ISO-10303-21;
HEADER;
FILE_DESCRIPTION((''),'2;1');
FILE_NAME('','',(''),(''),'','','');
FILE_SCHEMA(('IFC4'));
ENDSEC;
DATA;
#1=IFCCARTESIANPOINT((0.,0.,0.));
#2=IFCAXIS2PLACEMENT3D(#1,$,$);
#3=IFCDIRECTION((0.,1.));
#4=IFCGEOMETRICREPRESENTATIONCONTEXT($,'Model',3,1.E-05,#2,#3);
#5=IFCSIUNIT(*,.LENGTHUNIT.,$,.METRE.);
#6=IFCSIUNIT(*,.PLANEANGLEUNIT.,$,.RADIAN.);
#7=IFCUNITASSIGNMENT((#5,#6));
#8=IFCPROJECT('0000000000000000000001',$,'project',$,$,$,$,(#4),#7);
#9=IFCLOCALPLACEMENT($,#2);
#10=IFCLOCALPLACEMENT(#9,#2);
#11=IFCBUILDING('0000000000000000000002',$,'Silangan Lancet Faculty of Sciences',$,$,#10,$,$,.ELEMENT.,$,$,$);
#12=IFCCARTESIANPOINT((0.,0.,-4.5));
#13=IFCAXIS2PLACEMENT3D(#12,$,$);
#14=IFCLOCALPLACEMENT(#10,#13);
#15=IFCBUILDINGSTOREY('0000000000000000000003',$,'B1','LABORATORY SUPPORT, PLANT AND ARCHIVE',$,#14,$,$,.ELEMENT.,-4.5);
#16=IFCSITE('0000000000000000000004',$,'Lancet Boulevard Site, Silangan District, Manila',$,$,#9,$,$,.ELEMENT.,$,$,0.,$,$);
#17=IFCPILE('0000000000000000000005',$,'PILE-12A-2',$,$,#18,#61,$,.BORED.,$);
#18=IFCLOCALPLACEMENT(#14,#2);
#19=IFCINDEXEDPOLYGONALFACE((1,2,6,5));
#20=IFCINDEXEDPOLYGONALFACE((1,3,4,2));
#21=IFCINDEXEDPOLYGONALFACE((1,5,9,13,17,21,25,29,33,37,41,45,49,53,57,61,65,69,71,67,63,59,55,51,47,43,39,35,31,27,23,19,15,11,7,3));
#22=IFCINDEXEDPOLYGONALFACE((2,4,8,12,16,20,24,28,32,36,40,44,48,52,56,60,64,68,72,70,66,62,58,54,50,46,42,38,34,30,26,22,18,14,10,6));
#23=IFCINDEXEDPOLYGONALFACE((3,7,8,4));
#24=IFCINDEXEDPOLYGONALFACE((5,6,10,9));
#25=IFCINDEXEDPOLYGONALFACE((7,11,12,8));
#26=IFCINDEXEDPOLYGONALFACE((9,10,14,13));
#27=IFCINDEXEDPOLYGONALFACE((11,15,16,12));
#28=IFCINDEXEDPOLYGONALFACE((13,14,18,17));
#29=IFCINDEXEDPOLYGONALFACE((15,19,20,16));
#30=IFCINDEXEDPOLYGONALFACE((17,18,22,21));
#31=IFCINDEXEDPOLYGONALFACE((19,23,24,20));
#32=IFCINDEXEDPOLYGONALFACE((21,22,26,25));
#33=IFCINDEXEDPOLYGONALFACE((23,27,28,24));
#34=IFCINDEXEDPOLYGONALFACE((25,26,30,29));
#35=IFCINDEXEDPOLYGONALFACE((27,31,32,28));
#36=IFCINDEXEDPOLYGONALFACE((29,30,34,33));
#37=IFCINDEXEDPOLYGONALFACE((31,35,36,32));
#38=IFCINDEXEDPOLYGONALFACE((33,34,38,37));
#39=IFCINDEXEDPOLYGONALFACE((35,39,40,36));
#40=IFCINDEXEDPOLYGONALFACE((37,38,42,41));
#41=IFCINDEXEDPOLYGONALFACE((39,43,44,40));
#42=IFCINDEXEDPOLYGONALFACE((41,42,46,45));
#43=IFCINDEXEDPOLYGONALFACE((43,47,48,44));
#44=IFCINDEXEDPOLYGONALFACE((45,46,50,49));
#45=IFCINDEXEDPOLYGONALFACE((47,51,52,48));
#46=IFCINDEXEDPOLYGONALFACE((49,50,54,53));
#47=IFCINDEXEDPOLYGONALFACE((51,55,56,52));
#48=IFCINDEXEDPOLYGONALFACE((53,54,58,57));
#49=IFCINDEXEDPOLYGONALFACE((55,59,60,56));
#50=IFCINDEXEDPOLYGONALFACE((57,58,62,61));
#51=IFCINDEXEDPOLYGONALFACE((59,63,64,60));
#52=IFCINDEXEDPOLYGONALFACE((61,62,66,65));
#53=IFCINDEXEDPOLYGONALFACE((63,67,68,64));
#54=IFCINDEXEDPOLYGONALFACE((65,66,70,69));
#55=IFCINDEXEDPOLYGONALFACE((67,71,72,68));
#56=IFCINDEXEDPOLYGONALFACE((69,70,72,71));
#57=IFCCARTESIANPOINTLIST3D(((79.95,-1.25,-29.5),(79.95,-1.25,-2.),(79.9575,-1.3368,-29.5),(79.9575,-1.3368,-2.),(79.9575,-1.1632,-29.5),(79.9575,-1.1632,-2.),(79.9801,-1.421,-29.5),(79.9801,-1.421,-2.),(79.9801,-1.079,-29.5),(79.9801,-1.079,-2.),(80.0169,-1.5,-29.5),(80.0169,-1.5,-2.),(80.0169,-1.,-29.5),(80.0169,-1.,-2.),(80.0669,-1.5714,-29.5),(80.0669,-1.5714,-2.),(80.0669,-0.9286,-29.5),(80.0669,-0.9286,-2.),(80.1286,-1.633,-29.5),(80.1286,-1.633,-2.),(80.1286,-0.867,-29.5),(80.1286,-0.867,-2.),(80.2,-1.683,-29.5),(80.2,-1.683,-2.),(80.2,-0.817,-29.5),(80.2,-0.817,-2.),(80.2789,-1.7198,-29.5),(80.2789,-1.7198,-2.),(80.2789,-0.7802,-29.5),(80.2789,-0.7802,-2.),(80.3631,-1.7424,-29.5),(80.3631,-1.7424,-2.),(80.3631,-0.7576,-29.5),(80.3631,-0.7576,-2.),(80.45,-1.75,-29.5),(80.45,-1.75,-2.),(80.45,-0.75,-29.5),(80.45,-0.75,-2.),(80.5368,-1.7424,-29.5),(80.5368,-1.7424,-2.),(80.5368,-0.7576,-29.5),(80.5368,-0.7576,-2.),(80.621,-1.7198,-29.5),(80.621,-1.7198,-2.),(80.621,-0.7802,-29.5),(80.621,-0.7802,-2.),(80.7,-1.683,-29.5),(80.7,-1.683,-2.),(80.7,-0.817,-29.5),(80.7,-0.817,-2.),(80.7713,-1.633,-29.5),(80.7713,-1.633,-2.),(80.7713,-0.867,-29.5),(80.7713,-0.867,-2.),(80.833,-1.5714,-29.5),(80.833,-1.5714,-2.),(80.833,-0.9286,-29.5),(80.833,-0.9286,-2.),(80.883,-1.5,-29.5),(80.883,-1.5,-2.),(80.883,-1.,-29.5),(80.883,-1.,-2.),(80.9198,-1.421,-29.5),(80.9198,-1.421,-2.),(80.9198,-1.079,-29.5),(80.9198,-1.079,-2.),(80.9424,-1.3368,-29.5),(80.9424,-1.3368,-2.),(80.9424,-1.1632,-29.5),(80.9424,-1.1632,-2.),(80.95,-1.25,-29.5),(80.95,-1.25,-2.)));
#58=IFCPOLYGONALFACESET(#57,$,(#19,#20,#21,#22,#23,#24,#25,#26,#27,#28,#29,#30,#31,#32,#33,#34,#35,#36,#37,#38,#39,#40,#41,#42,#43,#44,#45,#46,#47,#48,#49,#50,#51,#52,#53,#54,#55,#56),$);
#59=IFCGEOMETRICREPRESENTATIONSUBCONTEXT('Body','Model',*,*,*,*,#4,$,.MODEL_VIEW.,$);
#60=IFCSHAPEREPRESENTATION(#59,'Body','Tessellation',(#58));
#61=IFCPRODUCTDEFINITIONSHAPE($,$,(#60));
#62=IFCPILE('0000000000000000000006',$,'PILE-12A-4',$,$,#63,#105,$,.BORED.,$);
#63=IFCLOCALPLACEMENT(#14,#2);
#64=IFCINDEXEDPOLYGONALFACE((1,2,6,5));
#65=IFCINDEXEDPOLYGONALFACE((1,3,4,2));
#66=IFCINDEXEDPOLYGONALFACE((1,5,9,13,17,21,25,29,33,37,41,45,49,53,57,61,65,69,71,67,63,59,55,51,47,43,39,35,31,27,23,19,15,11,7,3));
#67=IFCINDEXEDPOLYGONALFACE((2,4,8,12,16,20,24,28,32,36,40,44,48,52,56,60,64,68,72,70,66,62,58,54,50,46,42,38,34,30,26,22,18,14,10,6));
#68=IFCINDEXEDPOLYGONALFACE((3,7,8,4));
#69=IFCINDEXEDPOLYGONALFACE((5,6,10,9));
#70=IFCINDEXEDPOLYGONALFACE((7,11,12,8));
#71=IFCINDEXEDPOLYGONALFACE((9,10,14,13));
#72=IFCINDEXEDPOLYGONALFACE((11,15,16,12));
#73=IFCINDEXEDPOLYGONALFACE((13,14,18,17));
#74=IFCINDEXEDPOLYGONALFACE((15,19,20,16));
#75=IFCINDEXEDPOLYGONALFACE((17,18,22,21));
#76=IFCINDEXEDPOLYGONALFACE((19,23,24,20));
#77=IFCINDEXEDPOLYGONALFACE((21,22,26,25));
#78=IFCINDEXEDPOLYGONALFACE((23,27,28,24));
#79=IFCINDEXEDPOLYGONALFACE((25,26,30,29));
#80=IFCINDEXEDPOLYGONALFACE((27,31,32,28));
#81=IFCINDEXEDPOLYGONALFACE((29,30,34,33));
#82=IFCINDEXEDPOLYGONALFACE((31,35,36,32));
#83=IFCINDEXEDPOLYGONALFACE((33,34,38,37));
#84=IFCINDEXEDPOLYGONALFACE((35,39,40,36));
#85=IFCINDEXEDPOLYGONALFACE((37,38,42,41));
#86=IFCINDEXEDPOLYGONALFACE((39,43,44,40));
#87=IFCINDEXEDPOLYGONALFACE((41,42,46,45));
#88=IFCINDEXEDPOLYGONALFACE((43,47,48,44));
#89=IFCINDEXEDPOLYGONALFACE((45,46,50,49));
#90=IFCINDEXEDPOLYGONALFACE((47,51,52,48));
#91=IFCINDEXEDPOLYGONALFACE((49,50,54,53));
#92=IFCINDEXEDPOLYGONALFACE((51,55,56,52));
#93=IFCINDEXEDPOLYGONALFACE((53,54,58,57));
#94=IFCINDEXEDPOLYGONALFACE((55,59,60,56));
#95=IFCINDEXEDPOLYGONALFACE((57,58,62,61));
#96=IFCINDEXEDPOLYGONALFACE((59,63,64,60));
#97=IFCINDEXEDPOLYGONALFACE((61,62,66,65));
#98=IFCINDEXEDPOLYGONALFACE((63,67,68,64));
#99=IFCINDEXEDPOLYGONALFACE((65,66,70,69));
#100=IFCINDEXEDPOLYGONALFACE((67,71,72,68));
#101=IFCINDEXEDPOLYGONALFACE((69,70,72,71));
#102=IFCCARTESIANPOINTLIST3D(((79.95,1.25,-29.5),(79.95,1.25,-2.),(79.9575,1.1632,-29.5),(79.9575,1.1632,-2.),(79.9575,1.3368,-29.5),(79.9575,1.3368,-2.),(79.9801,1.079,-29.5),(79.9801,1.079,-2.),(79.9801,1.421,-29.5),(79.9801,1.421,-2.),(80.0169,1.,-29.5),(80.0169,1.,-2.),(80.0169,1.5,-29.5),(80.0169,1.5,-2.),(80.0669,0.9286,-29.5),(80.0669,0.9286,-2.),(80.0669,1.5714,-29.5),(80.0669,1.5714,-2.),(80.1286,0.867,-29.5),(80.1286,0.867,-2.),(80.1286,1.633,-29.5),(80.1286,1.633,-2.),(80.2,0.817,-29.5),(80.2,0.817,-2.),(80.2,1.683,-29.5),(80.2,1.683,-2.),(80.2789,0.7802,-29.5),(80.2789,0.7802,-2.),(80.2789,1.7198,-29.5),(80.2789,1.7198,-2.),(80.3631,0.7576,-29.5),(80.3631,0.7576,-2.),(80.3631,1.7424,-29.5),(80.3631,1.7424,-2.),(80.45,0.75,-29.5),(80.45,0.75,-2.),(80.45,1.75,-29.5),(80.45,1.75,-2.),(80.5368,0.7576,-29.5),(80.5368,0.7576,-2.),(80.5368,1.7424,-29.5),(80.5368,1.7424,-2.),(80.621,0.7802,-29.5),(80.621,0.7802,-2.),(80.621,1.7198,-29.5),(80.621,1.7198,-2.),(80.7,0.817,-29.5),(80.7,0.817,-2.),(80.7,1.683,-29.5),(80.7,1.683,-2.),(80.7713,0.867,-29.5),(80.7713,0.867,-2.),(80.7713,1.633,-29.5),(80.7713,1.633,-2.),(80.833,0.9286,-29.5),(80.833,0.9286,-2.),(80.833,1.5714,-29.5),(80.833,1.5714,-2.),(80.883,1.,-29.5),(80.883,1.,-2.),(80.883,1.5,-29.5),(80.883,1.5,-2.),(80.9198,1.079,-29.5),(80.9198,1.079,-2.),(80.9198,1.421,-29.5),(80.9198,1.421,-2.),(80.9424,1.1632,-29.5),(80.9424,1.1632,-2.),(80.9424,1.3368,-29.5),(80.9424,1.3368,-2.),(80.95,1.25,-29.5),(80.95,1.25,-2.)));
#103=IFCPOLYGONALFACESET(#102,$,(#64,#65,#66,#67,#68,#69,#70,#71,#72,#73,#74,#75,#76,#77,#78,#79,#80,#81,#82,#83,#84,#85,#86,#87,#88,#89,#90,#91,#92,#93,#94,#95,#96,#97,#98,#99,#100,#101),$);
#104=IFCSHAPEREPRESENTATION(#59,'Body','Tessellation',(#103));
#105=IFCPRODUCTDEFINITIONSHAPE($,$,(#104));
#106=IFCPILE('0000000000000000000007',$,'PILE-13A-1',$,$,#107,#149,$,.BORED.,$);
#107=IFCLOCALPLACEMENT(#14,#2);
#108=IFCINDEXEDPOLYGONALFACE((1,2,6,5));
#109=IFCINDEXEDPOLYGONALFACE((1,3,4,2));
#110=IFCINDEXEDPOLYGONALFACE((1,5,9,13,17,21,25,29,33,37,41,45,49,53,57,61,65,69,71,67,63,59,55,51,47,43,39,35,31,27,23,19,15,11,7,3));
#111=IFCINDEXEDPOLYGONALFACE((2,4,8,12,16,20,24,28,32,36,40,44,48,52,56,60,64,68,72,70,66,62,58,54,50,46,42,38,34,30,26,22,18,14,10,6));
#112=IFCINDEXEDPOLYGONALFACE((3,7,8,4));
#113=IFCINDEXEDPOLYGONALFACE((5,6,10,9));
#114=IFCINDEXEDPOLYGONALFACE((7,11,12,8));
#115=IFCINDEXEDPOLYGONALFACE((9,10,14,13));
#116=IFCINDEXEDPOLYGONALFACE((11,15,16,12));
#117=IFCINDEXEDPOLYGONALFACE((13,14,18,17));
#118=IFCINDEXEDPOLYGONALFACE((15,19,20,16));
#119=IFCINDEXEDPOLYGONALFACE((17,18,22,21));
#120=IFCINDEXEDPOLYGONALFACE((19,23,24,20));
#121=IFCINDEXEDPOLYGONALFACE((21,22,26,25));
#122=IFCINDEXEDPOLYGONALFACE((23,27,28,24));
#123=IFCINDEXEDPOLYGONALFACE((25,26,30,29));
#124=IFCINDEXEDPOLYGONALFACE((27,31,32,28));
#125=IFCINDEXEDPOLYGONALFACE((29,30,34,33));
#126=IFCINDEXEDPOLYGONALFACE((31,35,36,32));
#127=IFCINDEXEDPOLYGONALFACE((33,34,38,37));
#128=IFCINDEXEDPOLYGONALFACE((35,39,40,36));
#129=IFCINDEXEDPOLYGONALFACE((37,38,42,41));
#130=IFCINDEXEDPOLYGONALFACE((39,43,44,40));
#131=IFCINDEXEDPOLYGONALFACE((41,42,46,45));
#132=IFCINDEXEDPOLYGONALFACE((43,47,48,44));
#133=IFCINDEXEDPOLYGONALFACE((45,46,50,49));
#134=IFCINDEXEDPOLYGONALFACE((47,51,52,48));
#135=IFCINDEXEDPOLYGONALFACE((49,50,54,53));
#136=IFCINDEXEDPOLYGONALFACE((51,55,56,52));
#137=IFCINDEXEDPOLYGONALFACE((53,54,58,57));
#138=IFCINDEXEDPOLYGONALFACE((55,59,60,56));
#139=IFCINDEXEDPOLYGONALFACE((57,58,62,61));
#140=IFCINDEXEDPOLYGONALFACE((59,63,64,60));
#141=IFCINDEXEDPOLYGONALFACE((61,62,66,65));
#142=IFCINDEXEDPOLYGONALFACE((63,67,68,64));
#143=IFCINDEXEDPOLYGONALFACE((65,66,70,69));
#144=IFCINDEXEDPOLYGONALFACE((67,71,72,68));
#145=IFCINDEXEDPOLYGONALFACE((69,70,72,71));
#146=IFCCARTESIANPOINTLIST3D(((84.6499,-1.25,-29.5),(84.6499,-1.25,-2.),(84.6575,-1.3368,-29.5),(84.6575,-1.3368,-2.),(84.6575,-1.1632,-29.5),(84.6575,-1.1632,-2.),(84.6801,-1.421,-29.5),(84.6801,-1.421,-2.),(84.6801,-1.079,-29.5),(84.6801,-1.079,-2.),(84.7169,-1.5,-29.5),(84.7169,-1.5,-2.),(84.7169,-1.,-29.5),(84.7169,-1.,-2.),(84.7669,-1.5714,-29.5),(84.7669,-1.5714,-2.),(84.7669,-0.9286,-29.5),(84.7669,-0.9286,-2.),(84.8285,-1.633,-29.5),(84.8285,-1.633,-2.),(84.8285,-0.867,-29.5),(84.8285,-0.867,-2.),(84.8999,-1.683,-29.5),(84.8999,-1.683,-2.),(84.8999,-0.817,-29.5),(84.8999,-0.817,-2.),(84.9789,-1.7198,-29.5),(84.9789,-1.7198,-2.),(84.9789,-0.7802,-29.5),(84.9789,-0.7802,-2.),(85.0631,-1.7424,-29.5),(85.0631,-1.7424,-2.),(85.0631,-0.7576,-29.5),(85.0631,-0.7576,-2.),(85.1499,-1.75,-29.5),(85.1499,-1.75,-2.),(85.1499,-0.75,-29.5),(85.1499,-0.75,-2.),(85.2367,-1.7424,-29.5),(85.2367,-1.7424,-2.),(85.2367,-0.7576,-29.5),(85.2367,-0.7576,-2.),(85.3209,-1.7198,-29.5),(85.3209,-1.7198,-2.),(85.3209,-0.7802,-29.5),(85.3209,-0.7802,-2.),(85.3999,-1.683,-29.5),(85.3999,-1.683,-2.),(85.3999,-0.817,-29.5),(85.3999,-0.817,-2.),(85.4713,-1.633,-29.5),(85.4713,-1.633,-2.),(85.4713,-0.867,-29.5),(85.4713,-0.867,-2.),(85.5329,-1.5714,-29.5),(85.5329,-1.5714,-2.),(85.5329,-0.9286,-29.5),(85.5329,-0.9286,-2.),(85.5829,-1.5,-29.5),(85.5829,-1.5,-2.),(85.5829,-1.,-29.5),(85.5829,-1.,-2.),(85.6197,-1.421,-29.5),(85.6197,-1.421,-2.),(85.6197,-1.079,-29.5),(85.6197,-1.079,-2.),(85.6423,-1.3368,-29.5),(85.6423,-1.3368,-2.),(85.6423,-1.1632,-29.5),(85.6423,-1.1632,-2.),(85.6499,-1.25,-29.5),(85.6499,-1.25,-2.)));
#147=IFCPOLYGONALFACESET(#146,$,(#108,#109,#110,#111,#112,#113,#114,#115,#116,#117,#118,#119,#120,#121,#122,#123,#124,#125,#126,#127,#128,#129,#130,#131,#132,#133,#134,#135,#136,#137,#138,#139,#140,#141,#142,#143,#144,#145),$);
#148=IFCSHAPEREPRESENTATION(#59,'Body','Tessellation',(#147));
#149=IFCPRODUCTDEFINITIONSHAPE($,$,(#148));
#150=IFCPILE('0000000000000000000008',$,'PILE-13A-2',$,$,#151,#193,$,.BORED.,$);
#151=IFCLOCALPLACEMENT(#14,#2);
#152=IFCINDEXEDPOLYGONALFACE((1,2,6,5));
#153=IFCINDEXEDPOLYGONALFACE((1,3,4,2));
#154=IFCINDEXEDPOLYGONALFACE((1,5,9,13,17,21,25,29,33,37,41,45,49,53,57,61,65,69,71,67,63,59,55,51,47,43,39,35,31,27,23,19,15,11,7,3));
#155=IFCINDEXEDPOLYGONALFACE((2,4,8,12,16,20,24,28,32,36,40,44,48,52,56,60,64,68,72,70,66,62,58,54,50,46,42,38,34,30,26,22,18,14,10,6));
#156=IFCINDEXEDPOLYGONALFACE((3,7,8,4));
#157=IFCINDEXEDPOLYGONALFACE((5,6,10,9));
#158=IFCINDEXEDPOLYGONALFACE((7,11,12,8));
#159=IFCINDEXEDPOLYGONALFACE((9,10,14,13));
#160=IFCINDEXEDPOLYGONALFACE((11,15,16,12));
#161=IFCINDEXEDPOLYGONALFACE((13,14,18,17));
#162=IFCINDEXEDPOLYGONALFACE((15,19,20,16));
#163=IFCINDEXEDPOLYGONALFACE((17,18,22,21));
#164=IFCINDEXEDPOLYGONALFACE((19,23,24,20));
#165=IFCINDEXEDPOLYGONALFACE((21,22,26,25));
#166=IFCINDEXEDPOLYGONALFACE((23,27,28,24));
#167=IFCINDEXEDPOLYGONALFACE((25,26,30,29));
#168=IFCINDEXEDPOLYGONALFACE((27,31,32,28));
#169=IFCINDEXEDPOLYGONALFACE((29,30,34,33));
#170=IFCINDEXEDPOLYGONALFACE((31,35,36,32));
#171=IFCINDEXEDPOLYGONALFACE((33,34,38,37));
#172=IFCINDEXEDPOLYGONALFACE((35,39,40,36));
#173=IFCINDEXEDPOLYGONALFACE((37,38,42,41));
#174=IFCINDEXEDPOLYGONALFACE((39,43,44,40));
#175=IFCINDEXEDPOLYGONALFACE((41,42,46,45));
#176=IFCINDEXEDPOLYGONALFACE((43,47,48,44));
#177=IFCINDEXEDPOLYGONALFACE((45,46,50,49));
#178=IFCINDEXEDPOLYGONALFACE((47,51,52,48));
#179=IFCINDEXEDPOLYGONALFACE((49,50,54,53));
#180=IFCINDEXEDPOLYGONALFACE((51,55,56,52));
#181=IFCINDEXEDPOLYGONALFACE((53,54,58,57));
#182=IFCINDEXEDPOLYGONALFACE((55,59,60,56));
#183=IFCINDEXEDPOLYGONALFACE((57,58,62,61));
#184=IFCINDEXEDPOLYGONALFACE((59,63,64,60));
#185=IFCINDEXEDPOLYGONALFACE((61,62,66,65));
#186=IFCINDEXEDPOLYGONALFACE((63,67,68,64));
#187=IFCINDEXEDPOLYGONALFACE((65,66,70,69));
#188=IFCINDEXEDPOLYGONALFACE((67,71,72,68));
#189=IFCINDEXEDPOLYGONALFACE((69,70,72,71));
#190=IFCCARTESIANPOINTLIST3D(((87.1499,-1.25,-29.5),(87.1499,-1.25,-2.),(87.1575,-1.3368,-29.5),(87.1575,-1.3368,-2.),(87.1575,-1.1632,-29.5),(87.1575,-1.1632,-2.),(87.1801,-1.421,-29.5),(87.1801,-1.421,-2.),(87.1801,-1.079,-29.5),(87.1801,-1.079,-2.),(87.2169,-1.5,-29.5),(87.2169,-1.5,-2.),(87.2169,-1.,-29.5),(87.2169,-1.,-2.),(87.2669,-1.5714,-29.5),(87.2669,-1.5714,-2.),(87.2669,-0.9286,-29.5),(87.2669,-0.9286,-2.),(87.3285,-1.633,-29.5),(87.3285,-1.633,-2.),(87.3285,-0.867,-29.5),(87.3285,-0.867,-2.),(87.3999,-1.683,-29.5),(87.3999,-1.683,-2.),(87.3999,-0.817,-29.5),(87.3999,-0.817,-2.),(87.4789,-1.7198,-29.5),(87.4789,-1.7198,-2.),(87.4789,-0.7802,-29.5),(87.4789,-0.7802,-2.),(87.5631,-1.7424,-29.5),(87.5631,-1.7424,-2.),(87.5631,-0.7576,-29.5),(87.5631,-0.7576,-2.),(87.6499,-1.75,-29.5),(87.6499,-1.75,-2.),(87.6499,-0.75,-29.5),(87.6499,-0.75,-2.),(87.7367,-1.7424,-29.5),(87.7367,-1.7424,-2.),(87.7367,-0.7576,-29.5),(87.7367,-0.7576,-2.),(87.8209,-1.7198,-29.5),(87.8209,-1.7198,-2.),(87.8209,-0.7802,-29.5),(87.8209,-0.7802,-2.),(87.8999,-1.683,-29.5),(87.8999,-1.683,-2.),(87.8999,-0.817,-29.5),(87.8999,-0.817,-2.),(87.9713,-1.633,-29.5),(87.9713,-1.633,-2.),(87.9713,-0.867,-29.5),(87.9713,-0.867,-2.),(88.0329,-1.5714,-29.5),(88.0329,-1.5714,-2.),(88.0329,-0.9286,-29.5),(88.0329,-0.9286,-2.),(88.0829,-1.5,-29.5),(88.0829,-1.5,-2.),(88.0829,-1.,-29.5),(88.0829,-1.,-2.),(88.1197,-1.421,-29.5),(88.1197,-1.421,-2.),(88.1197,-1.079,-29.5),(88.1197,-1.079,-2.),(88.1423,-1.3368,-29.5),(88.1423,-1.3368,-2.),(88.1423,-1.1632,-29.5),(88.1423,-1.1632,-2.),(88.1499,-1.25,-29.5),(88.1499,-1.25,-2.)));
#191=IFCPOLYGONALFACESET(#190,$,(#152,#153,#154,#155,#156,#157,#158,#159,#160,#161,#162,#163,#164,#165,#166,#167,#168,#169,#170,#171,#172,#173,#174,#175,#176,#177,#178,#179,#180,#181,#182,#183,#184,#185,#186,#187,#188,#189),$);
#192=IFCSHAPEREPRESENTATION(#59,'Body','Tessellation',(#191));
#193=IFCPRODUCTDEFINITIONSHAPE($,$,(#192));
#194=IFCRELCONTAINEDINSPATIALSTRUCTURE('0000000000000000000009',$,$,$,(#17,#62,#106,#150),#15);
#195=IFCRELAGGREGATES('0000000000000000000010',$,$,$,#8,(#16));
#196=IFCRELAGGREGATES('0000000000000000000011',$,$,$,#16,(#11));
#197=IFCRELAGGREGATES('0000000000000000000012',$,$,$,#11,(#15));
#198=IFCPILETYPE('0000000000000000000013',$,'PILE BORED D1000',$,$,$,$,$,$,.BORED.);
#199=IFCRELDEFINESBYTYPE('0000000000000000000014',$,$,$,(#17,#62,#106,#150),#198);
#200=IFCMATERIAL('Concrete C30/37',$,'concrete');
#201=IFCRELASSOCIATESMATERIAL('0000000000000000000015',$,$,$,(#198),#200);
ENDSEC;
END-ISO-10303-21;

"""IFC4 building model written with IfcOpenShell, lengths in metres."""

from ifc_helpers import new_model, si_unit, direction, frame, origin, origin_2d, place, context, subcontext, project, spatial, circle, extrude, material, material_profile, profile_set, type_object, element, save


model = new_model("IFC4")

# Units and contexts
model_context = context("Model", 3, precision=1e-05, world=origin(), true_north=direction((0.0, 1.0)))
body_context = subcontext(model_context, "Body", "Model", "MODEL_VIEW")
ifc_project = project(units=[si_unit("LENGTHUNIT", "METRE"), si_unit("PLANEANGLEUNIT", "RADIAN")], contexts=[model_context])

# Site, building, storey
site_placement = place(None, origin())
site = spatial("IfcSite", under=ifc_project, at=site_placement, Name="Lancet Boulevard Site, Silangan District, Manila", CompositionType="ELEMENT", RefElevation=0.0)
building_placement = place(site_placement, origin())
building = spatial("IfcBuilding", under=site, at=building_placement, Name="Silangan Lancet Faculty of Sciences", CompositionType="ELEMENT")
storey_placement = place(building_placement, frame((0.0, 0.0, -4.5)))
storey = spatial("IfcBuildingStorey", under=building, at=storey_placement, Name="B1", Description="LABORATORY SUPPORT, PLANT AND ARCHIVE", CompositionType="ELEMENT", Elevation=-4.5)

# Piles
ifc_material_1 = material(Name="Concrete C30/37", Category="concrete")
ifc_material_profile_1 = material_profile(ifc_material_1, circle(Radius=0.5, at=origin_2d()), Name="BORED PILE D1000")
ifc_profile_set_1 = profile_set([ifc_material_profile_1], Name="Concrete C30/37")
pile_type_1 = type_object("IfcPileType", Name="PILE BORED D1000", PredefinedType="BORED", material=ifc_profile_set_1)
for number, where, z_axis, x_axis, name in (
    (1, (80.45, -1.25, -2.0), (0.0, 0.0, -1.0), (1.0, 0.0, 0.0), "PILE-12A-2"),
    (2, (80.45, 1.25, -2.0), (0.0, 0.0, -1.0), (1.0, 0.0, 0.0), "PILE-12A-4"),
    (3, (85.1499, -1.25, -2.0), (0.0, 0.0, -1.0), (1.0, 0.0, 0.0), "PILE-13A-1"),
    (4, (87.6499, -1.25, -2.0), (0.0, 0.0, -1.0), (1.0, 0.0, 0.0), "PILE-13A-2"),
):
    element("IfcPile", number, at=place(storey_placement, frame(where, z_axis=z_axis, x_axis=x_axis)), inside=storey, type_object=pile_type_1, Name=name, PredefinedType="BORED", context=body_context, shape_type="SweptSolid", body=[
        extrude(circle(Radius=0.5, at=origin_2d()), origin(), (0.0, 0.0, 1.0), 27.5),
    ])

save(model, "model.ifc")
